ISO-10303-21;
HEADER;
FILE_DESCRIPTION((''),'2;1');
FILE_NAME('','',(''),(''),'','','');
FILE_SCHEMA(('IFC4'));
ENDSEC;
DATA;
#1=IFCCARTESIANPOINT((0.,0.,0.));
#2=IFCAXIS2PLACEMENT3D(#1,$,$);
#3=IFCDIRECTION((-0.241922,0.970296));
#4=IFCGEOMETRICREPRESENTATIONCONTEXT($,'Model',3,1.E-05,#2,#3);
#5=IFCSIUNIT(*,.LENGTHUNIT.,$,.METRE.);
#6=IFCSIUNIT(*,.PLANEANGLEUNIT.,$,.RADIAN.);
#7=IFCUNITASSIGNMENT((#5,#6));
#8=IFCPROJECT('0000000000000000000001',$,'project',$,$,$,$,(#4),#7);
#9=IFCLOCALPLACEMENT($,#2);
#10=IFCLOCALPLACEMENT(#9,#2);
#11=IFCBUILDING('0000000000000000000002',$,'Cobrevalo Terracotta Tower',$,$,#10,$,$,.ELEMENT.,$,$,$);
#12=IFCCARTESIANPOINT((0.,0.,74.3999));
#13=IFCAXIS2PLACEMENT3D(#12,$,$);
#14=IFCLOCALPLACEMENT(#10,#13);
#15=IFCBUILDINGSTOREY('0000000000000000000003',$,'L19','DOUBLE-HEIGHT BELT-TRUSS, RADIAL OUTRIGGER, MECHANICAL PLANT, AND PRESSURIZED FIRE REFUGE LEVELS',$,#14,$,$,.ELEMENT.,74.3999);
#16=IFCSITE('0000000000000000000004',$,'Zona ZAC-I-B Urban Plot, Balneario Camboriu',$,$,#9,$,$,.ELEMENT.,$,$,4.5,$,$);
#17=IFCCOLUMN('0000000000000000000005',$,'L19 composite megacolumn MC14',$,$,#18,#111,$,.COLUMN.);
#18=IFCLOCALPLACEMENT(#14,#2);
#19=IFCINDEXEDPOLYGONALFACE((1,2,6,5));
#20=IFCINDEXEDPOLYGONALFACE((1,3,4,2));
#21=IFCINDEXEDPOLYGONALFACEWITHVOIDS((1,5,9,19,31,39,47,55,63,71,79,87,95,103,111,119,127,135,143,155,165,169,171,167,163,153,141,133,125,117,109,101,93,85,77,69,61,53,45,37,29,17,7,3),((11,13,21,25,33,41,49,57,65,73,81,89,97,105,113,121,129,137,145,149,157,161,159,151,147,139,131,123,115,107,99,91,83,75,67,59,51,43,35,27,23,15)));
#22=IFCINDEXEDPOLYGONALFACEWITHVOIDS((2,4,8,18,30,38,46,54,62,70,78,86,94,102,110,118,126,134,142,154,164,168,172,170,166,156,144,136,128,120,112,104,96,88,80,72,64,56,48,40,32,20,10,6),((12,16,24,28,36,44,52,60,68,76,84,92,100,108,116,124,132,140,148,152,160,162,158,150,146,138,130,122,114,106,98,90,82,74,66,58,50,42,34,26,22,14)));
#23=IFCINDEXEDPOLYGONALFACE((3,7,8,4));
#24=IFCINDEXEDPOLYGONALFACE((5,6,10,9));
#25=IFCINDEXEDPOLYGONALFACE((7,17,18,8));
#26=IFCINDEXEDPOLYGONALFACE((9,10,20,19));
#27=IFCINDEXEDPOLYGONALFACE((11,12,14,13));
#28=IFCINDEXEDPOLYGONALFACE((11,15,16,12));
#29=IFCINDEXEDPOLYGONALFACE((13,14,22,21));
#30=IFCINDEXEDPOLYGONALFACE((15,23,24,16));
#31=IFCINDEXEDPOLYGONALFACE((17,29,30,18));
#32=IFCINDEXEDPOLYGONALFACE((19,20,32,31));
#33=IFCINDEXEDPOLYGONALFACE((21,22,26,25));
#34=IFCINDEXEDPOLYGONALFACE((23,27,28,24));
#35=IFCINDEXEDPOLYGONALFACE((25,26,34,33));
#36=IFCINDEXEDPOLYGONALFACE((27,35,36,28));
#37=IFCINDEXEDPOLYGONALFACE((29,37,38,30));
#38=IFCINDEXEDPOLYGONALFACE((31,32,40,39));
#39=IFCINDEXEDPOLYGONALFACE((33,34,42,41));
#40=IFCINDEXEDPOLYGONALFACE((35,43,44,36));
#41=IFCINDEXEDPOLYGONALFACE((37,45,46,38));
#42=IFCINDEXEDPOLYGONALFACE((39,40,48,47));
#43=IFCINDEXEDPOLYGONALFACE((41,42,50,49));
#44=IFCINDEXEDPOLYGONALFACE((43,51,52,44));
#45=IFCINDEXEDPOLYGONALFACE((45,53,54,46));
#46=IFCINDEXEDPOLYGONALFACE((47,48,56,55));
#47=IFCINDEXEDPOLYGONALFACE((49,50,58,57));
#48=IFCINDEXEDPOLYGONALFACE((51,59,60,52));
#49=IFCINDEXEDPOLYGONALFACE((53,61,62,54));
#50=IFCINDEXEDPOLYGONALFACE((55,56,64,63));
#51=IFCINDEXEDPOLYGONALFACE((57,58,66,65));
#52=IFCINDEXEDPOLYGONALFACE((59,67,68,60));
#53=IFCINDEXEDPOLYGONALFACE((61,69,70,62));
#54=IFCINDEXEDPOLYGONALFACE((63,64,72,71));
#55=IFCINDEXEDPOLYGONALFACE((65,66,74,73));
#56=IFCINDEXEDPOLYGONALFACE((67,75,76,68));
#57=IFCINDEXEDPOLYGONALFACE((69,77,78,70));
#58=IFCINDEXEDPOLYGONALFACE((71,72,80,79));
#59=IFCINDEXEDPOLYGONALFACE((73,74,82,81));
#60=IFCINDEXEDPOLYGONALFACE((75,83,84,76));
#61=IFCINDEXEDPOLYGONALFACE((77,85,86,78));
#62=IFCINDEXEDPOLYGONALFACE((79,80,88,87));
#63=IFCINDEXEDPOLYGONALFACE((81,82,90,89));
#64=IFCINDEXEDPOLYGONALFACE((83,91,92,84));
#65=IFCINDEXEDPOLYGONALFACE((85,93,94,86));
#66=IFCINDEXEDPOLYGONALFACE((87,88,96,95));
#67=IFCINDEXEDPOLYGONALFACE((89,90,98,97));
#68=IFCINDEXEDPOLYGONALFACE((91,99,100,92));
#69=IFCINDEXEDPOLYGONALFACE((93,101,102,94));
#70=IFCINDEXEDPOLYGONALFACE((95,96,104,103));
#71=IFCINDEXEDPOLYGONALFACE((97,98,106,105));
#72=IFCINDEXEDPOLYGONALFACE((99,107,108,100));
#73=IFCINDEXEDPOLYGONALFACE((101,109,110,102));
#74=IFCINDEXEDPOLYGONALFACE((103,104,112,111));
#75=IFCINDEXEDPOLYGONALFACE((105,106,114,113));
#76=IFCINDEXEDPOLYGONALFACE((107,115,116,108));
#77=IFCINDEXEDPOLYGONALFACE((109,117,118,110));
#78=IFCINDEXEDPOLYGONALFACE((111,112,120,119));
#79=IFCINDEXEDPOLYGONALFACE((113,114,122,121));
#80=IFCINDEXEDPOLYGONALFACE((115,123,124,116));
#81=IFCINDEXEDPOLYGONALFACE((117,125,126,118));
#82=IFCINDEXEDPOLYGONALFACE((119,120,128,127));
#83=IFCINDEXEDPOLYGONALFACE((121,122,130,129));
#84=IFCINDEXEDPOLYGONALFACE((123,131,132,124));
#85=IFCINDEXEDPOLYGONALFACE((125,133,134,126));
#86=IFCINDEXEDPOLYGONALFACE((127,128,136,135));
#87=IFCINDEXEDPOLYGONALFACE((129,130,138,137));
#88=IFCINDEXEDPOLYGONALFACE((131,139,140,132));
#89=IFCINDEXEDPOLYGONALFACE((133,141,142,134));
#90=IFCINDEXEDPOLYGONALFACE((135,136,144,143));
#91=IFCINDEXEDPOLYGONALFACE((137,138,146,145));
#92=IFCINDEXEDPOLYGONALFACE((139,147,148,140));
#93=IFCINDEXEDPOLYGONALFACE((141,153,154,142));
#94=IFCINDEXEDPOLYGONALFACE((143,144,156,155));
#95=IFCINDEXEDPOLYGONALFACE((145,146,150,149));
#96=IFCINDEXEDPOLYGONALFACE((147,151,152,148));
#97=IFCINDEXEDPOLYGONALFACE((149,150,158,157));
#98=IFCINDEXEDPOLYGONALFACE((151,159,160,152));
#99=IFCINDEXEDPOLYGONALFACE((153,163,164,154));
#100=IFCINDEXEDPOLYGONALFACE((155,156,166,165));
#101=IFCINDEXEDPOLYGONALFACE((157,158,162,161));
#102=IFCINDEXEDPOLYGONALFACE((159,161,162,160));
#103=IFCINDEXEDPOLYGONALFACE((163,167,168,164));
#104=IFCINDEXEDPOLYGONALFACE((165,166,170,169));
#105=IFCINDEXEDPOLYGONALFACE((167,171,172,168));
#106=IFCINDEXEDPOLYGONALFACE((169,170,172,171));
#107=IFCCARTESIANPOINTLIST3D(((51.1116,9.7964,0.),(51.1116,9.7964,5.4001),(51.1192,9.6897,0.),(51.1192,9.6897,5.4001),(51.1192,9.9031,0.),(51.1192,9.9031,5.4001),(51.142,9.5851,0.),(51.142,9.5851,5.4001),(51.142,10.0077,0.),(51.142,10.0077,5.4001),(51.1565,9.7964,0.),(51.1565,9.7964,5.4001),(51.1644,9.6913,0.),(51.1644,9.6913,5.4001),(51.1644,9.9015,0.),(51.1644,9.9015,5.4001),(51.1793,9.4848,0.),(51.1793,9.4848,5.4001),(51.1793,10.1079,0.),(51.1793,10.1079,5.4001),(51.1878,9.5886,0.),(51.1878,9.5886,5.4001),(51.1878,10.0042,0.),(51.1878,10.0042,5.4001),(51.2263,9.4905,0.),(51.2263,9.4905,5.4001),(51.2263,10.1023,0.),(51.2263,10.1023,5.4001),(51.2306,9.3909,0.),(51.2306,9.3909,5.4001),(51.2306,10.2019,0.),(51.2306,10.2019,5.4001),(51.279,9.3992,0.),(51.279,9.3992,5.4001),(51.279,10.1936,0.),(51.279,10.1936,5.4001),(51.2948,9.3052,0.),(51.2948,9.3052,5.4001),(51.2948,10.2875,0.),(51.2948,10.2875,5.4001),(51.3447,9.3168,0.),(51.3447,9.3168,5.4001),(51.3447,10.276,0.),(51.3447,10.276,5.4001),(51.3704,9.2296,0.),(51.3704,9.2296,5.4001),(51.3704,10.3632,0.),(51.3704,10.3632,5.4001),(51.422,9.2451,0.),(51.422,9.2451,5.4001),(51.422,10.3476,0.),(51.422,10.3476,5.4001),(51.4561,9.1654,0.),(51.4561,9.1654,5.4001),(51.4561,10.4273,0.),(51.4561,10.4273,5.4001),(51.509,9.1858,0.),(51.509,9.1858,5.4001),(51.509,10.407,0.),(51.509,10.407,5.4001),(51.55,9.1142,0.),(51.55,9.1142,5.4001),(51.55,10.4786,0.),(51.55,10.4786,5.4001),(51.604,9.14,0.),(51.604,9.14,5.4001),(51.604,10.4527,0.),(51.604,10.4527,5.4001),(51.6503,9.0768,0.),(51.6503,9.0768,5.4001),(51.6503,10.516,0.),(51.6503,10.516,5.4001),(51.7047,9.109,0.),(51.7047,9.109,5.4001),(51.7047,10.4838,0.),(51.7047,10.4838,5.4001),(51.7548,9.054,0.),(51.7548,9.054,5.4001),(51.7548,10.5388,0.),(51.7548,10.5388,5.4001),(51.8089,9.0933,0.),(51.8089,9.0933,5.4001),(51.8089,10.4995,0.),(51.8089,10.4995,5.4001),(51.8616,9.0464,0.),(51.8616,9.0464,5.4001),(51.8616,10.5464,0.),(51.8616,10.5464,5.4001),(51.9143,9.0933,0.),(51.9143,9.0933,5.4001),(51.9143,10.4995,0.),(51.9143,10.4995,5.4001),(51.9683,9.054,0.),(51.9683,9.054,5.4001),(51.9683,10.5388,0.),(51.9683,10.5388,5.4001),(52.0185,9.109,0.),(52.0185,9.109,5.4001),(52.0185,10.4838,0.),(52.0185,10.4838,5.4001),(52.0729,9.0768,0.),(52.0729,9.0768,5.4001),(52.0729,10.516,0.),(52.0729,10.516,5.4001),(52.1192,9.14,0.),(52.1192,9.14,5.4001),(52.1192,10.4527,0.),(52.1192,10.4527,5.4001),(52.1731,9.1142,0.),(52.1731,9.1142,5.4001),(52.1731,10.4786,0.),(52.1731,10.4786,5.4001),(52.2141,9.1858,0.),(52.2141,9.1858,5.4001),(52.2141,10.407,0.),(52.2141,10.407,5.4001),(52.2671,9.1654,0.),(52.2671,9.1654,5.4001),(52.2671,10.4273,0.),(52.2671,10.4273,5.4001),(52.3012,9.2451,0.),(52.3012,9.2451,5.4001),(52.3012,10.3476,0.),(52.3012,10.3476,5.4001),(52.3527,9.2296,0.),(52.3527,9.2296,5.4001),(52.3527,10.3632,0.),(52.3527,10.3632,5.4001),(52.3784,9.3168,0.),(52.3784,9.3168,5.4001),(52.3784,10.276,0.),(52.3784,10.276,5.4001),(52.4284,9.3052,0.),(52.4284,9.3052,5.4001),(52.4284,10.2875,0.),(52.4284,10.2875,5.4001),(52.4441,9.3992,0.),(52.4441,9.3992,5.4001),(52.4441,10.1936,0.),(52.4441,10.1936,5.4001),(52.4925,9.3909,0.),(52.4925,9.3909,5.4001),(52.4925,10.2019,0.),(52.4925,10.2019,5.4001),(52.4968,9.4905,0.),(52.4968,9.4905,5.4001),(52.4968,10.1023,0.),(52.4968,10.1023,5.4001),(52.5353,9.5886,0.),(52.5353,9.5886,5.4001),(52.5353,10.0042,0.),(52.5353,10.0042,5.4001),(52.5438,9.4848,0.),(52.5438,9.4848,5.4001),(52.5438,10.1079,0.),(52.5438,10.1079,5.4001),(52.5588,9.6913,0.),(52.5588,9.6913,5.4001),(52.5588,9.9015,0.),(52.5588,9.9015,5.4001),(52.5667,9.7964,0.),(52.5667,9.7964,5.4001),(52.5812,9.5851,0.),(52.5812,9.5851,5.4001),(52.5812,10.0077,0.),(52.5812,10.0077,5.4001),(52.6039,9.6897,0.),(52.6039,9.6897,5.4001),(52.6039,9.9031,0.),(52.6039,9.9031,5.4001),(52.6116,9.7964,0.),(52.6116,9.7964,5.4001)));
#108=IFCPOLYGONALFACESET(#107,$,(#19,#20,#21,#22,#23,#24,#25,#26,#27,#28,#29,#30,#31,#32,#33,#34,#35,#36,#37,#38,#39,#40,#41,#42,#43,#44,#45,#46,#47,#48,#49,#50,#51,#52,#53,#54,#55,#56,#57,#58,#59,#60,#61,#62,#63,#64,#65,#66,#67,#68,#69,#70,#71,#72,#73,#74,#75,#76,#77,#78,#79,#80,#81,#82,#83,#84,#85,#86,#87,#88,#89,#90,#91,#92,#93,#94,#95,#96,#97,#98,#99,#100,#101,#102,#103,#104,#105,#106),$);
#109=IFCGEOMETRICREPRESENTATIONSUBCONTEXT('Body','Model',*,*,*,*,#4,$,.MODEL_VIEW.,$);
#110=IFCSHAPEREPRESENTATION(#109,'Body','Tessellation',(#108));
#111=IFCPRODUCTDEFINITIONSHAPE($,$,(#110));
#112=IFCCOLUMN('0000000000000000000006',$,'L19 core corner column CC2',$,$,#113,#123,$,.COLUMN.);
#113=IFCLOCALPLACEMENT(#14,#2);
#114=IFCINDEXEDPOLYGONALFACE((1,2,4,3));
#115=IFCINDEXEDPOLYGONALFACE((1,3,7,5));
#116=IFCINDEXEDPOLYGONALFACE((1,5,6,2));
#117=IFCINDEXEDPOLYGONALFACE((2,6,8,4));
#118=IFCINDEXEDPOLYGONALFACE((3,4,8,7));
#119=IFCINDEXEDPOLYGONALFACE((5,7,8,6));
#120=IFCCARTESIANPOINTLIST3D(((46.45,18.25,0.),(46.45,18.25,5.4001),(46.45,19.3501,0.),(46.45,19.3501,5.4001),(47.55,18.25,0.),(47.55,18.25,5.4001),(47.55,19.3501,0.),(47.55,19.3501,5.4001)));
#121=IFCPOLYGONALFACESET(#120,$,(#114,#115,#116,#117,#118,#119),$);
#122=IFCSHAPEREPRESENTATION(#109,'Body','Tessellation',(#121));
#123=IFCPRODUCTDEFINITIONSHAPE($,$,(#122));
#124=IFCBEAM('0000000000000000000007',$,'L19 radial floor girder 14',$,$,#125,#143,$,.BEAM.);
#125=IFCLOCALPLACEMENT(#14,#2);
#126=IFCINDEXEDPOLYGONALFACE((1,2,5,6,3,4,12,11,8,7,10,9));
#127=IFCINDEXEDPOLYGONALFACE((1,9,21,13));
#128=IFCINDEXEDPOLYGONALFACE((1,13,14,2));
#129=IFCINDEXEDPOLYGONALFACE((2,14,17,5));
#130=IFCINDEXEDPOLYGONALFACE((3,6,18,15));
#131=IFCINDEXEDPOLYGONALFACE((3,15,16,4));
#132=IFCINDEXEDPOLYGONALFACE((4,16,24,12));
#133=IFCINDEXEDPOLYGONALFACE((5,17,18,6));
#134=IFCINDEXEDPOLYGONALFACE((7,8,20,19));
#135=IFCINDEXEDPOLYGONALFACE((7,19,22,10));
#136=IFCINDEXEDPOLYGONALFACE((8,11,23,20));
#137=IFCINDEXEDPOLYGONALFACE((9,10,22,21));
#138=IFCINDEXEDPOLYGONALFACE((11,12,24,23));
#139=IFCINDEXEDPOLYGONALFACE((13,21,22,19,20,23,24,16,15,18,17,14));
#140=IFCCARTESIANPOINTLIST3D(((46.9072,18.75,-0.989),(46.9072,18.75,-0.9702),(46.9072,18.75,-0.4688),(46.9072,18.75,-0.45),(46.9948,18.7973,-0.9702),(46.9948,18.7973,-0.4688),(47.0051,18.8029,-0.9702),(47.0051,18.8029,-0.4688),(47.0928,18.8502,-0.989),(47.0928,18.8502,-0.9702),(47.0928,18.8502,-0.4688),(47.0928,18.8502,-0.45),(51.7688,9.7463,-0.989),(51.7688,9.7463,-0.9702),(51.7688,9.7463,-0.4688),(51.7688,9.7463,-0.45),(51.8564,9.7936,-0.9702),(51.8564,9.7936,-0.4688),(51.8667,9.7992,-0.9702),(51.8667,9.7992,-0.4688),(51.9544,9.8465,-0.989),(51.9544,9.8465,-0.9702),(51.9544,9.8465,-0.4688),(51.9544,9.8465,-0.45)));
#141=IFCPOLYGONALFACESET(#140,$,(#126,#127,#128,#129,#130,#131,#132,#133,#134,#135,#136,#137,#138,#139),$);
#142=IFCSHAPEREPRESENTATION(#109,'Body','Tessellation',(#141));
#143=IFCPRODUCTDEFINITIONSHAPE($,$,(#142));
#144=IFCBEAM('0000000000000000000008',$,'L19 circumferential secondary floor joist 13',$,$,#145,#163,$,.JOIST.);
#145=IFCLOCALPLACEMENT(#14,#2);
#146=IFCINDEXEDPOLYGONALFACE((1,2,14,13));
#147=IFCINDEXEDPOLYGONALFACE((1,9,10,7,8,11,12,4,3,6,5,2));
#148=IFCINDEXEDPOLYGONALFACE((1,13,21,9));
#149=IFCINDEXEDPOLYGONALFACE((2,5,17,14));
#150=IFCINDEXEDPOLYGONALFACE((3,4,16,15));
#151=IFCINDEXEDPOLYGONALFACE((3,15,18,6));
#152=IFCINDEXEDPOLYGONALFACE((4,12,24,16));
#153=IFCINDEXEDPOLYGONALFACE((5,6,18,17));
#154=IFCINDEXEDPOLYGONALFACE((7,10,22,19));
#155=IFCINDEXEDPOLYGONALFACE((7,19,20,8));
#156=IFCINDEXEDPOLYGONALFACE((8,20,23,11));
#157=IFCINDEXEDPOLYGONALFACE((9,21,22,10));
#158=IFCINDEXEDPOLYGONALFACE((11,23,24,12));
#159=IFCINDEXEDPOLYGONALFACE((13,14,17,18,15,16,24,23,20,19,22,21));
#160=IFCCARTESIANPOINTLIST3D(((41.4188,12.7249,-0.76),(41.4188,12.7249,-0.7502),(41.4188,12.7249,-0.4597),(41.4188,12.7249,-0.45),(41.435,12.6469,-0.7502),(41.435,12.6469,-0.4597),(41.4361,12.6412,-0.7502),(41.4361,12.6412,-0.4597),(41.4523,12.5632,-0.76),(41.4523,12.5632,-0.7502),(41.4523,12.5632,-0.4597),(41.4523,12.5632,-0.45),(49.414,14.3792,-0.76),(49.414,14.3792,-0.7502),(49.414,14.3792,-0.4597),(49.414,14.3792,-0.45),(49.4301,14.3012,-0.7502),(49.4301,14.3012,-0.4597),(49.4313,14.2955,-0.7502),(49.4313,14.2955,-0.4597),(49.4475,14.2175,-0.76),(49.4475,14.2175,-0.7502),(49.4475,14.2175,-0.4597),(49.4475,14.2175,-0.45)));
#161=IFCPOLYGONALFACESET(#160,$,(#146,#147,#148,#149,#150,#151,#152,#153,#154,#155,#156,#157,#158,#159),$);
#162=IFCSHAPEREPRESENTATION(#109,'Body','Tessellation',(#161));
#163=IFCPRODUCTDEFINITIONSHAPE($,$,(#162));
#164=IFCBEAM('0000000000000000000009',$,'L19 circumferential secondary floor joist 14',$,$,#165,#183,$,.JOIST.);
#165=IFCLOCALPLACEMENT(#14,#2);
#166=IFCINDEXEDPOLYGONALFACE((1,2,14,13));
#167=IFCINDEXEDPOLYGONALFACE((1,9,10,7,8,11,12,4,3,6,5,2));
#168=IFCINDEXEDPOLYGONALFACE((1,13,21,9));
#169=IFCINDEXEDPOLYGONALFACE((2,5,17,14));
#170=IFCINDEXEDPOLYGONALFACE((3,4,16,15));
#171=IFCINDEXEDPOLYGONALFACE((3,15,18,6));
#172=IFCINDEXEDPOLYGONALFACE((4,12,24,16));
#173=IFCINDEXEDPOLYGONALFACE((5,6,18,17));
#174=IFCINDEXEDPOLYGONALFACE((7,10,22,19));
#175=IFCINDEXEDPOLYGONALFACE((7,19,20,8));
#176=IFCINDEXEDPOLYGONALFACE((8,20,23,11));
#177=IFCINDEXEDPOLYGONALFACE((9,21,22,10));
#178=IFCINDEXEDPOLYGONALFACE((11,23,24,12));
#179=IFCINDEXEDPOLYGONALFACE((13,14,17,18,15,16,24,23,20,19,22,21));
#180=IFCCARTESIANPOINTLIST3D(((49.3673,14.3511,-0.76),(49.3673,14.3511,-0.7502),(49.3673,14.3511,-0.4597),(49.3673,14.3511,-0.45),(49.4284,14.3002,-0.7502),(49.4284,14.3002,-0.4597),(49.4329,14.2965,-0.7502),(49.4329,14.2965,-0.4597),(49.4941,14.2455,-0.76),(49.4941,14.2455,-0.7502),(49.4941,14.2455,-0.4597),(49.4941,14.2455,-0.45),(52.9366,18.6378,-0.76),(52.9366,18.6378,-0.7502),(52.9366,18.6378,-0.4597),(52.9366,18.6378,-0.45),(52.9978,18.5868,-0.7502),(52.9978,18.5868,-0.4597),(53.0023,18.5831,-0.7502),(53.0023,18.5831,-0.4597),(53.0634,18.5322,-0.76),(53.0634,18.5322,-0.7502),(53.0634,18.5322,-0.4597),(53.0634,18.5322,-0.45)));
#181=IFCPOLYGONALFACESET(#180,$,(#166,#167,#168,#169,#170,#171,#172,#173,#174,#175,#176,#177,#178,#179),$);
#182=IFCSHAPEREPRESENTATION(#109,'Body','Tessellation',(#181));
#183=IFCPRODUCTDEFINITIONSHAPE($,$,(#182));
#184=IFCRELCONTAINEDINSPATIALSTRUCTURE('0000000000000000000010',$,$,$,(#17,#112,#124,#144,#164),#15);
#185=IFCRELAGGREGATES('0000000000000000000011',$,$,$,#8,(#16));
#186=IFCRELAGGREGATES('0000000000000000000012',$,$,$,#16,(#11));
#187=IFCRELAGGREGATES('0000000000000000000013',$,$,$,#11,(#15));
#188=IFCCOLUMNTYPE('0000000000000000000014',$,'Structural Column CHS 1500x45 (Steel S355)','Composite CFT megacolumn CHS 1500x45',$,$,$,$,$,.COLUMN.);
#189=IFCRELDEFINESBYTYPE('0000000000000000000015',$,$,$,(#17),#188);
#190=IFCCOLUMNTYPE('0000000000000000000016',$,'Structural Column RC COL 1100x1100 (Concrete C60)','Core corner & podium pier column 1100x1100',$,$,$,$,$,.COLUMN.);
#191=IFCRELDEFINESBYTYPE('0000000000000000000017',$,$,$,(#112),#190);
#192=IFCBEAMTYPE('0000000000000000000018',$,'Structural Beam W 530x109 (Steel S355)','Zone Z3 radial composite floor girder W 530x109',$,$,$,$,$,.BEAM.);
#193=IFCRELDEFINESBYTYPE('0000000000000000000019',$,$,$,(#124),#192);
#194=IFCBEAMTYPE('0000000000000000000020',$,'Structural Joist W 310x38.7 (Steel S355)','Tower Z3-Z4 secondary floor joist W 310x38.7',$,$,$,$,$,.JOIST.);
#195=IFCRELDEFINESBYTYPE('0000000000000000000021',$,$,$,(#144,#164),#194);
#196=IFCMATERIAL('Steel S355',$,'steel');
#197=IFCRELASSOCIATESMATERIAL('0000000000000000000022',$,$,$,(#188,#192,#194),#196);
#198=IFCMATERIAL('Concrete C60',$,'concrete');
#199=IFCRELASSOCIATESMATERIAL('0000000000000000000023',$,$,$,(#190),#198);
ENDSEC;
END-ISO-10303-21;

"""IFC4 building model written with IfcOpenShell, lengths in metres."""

from ifc_helpers import new_model, si_unit, direction, frame, origin, origin_2d, place, context, subcontext, project, spatial, rectangle, hollow_circle, i_section, extrude, material, material_profile, profile_set, type_object, element, save


model = new_model("IFC4")

# Units and contexts
model_context = context("Model", 3, precision=1e-05, world=origin(), true_north=direction((-0.241922, 0.970296)))
body_context = subcontext(model_context, "Body", "Model", "MODEL_VIEW")
ifc_project = project(units=[si_unit("LENGTHUNIT", "METRE"), si_unit("PLANEANGLEUNIT", "RADIAN")], contexts=[model_context])

# Site, building, storey
site_placement = place(None, origin())
site = spatial("IfcSite", under=ifc_project, at=site_placement, Name="Zona ZAC-I-B Urban Plot, Balneario Camboriu", CompositionType="ELEMENT", RefElevation=4.5)
building_placement = place(site_placement, origin())
building = spatial("IfcBuilding", under=site, at=building_placement, Name="Cobrevalo Terracotta Tower", CompositionType="ELEMENT")
storey_placement = place(building_placement, frame((0.0, 0.0, 74.3999)))
storey = spatial("IfcBuildingStorey", under=building, at=storey_placement, Name="L19", Description="DOUBLE-HEIGHT BELT-TRUSS, RADIAL OUTRIGGER, MECHANICAL PLANT, AND PRESSURIZED FIRE REFUGE LEVELS", CompositionType="ELEMENT", Elevation=74.3999)

# Columns
ifc_material_1 = material(Name="Steel S355", Category="steel")
ifc_material_profile_1 = material_profile(ifc_material_1, hollow_circle(Radius=0.75, WallThickness=0.0449, at=origin_2d()), Name="CHS 1500x45")
ifc_profile_set_1 = profile_set([ifc_material_profile_1], Name="Steel S355")
column_type_1 = type_object("IfcColumnType", Name="Structural Column CHS 1500x45 (Steel S355)", Description="Composite CFT megacolumn CHS 1500x45", PredefinedType="COLUMN", material=ifc_profile_set_1)
column_1_placement = place(storey_placement, frame((51.8616, 9.7964, 0.0), z_axis=(0.0, 0.0, 1.0), x_axis=(1.0, 0.0, 0.0)))
element("IfcColumn", 1, at=column_1_placement, inside=storey, type_object=column_type_1, Name="L19 composite megacolumn MC14", PredefinedType="COLUMN", context=body_context, shape_type="SweptSolid", body=[
    extrude(hollow_circle(Radius=0.75, WallThickness=0.0449, at=origin_2d()), origin(), (0.0, 0.0, 1.0), 5.4001),
])
ifc_material_2 = material(Name="Concrete C60", Category="concrete")
ifc_material_profile_2 = material_profile(ifc_material_2, rectangle(XDim=1.1001, YDim=1.1001, at=origin_2d()), Name="RC COL 1100x1100")
ifc_profile_set_2 = profile_set([ifc_material_profile_2], Name="Concrete C60")
column_type_2 = type_object("IfcColumnType", Name="Structural Column RC COL 1100x1100 (Concrete C60)", Description="Core corner & podium pier column 1100x1100", PredefinedType="COLUMN", material=ifc_profile_set_2)
column_2_placement = place(storey_placement, frame((47.0, 18.8, 0.0), z_axis=(0.0, 0.0, 1.0), x_axis=(1.0, 0.0, 0.0)))
element("IfcColumn", 2, at=column_2_placement, inside=storey, type_object=column_type_2, Name="L19 core corner column CC2", PredefinedType="COLUMN", context=body_context, shape_type="SweptSolid", body=[
    extrude(rectangle(XDim=1.1001, YDim=1.1001, at=origin_2d()), origin(), (0.0, 0.0, 1.0), 5.4001),
])

# Beams
ifc_material_profile_3 = material_profile(ifc_material_1, i_section(OverallWidth=0.2109, OverallDepth=0.5391, WebThickness=0.0117, FlangeThickness=0.0188, at=origin_2d()), Name="W 530x109")
ifc_profile_set_3 = profile_set([ifc_material_profile_3], Name="Steel S355")
beam_type_1 = type_object("IfcBeamType", Name="Structural Beam W 530x109 (Steel S355)", Description="Zone Z3 radial composite floor girder W 530x109", PredefinedType="BEAM", material=ifc_profile_set_3)
beam_1_placement = place(storey_placement, frame((51.8616, 9.7964, -0.7195), z_axis=(-0.475118, 0.879922, 0.0), x_axis=(-0.879922, -0.475118, 0.0)))
element("IfcBeam", 3, at=beam_1_placement, inside=storey, type_object=beam_type_1, Name="L19 radial floor girder 14", PredefinedType="BEAM", context=body_context, shape_type="SweptSolid", body=[
    extrude(i_section(OverallWidth=0.2109, OverallDepth=0.5391, WebThickness=0.0117, FlangeThickness=0.0188, at=origin_2d()), origin(), (0.0, 0.0, 1.0), 10.2324),
])
ifc_material_profile_4 = material_profile(ifc_material_1, i_section(OverallWidth=0.165, OverallDepth=0.3101, WebThickness=0.0059, FlangeThickness=0.0098, at=origin_2d()), Name="W 310x38.7")
ifc_profile_set_4 = profile_set([ifc_material_profile_4], Name="Steel S355")
beam_type_2 = type_object("IfcBeamType", Name="Structural Joist W 310x38.7 (Steel S355)", Description="Tower Z3-Z4 secondary floor joist W 310x38.7", PredefinedType="JOIST", material=ifc_profile_set_4)
beam_2_placement = place(storey_placement, frame((41.4355, 12.644, -0.605), z_axis=(0.979257, 0.202621, 0.0), x_axis=(-0.202621, 0.979257, 0.0)))
element("IfcBeam", 4, at=beam_2_placement, inside=storey, type_object=beam_type_2, Name="L19 circumferential secondary floor joist 13", PredefinedType="JOIST", context=body_context, shape_type="SweptSolid", body=[
    extrude(i_section(OverallWidth=0.165, OverallDepth=0.3101, WebThickness=0.0059, FlangeThickness=0.0098, at=origin_2d()), origin(), (0.0, 0.0, 1.0), 8.1646),
])
beam_3_placement = place(storey_placement, frame((49.4307, 14.2983, -0.605), z_axis=(0.639883, 0.768472, 0.0), x_axis=(-0.768472, 0.639883, 0.0)))
element("IfcBeam", 5, at=beam_3_placement, inside=storey, type_object=beam_type_2, Name="L19 circumferential secondary floor joist 14", PredefinedType="JOIST", context=body_context, shape_type="SweptSolid", body=[
    extrude(i_section(OverallWidth=0.165, OverallDepth=0.3101, WebThickness=0.0059, FlangeThickness=0.0098, at=origin_2d()), origin(), (0.0, 0.0, 1.0), 5.5781),
])

save(model, "model.ifc")
